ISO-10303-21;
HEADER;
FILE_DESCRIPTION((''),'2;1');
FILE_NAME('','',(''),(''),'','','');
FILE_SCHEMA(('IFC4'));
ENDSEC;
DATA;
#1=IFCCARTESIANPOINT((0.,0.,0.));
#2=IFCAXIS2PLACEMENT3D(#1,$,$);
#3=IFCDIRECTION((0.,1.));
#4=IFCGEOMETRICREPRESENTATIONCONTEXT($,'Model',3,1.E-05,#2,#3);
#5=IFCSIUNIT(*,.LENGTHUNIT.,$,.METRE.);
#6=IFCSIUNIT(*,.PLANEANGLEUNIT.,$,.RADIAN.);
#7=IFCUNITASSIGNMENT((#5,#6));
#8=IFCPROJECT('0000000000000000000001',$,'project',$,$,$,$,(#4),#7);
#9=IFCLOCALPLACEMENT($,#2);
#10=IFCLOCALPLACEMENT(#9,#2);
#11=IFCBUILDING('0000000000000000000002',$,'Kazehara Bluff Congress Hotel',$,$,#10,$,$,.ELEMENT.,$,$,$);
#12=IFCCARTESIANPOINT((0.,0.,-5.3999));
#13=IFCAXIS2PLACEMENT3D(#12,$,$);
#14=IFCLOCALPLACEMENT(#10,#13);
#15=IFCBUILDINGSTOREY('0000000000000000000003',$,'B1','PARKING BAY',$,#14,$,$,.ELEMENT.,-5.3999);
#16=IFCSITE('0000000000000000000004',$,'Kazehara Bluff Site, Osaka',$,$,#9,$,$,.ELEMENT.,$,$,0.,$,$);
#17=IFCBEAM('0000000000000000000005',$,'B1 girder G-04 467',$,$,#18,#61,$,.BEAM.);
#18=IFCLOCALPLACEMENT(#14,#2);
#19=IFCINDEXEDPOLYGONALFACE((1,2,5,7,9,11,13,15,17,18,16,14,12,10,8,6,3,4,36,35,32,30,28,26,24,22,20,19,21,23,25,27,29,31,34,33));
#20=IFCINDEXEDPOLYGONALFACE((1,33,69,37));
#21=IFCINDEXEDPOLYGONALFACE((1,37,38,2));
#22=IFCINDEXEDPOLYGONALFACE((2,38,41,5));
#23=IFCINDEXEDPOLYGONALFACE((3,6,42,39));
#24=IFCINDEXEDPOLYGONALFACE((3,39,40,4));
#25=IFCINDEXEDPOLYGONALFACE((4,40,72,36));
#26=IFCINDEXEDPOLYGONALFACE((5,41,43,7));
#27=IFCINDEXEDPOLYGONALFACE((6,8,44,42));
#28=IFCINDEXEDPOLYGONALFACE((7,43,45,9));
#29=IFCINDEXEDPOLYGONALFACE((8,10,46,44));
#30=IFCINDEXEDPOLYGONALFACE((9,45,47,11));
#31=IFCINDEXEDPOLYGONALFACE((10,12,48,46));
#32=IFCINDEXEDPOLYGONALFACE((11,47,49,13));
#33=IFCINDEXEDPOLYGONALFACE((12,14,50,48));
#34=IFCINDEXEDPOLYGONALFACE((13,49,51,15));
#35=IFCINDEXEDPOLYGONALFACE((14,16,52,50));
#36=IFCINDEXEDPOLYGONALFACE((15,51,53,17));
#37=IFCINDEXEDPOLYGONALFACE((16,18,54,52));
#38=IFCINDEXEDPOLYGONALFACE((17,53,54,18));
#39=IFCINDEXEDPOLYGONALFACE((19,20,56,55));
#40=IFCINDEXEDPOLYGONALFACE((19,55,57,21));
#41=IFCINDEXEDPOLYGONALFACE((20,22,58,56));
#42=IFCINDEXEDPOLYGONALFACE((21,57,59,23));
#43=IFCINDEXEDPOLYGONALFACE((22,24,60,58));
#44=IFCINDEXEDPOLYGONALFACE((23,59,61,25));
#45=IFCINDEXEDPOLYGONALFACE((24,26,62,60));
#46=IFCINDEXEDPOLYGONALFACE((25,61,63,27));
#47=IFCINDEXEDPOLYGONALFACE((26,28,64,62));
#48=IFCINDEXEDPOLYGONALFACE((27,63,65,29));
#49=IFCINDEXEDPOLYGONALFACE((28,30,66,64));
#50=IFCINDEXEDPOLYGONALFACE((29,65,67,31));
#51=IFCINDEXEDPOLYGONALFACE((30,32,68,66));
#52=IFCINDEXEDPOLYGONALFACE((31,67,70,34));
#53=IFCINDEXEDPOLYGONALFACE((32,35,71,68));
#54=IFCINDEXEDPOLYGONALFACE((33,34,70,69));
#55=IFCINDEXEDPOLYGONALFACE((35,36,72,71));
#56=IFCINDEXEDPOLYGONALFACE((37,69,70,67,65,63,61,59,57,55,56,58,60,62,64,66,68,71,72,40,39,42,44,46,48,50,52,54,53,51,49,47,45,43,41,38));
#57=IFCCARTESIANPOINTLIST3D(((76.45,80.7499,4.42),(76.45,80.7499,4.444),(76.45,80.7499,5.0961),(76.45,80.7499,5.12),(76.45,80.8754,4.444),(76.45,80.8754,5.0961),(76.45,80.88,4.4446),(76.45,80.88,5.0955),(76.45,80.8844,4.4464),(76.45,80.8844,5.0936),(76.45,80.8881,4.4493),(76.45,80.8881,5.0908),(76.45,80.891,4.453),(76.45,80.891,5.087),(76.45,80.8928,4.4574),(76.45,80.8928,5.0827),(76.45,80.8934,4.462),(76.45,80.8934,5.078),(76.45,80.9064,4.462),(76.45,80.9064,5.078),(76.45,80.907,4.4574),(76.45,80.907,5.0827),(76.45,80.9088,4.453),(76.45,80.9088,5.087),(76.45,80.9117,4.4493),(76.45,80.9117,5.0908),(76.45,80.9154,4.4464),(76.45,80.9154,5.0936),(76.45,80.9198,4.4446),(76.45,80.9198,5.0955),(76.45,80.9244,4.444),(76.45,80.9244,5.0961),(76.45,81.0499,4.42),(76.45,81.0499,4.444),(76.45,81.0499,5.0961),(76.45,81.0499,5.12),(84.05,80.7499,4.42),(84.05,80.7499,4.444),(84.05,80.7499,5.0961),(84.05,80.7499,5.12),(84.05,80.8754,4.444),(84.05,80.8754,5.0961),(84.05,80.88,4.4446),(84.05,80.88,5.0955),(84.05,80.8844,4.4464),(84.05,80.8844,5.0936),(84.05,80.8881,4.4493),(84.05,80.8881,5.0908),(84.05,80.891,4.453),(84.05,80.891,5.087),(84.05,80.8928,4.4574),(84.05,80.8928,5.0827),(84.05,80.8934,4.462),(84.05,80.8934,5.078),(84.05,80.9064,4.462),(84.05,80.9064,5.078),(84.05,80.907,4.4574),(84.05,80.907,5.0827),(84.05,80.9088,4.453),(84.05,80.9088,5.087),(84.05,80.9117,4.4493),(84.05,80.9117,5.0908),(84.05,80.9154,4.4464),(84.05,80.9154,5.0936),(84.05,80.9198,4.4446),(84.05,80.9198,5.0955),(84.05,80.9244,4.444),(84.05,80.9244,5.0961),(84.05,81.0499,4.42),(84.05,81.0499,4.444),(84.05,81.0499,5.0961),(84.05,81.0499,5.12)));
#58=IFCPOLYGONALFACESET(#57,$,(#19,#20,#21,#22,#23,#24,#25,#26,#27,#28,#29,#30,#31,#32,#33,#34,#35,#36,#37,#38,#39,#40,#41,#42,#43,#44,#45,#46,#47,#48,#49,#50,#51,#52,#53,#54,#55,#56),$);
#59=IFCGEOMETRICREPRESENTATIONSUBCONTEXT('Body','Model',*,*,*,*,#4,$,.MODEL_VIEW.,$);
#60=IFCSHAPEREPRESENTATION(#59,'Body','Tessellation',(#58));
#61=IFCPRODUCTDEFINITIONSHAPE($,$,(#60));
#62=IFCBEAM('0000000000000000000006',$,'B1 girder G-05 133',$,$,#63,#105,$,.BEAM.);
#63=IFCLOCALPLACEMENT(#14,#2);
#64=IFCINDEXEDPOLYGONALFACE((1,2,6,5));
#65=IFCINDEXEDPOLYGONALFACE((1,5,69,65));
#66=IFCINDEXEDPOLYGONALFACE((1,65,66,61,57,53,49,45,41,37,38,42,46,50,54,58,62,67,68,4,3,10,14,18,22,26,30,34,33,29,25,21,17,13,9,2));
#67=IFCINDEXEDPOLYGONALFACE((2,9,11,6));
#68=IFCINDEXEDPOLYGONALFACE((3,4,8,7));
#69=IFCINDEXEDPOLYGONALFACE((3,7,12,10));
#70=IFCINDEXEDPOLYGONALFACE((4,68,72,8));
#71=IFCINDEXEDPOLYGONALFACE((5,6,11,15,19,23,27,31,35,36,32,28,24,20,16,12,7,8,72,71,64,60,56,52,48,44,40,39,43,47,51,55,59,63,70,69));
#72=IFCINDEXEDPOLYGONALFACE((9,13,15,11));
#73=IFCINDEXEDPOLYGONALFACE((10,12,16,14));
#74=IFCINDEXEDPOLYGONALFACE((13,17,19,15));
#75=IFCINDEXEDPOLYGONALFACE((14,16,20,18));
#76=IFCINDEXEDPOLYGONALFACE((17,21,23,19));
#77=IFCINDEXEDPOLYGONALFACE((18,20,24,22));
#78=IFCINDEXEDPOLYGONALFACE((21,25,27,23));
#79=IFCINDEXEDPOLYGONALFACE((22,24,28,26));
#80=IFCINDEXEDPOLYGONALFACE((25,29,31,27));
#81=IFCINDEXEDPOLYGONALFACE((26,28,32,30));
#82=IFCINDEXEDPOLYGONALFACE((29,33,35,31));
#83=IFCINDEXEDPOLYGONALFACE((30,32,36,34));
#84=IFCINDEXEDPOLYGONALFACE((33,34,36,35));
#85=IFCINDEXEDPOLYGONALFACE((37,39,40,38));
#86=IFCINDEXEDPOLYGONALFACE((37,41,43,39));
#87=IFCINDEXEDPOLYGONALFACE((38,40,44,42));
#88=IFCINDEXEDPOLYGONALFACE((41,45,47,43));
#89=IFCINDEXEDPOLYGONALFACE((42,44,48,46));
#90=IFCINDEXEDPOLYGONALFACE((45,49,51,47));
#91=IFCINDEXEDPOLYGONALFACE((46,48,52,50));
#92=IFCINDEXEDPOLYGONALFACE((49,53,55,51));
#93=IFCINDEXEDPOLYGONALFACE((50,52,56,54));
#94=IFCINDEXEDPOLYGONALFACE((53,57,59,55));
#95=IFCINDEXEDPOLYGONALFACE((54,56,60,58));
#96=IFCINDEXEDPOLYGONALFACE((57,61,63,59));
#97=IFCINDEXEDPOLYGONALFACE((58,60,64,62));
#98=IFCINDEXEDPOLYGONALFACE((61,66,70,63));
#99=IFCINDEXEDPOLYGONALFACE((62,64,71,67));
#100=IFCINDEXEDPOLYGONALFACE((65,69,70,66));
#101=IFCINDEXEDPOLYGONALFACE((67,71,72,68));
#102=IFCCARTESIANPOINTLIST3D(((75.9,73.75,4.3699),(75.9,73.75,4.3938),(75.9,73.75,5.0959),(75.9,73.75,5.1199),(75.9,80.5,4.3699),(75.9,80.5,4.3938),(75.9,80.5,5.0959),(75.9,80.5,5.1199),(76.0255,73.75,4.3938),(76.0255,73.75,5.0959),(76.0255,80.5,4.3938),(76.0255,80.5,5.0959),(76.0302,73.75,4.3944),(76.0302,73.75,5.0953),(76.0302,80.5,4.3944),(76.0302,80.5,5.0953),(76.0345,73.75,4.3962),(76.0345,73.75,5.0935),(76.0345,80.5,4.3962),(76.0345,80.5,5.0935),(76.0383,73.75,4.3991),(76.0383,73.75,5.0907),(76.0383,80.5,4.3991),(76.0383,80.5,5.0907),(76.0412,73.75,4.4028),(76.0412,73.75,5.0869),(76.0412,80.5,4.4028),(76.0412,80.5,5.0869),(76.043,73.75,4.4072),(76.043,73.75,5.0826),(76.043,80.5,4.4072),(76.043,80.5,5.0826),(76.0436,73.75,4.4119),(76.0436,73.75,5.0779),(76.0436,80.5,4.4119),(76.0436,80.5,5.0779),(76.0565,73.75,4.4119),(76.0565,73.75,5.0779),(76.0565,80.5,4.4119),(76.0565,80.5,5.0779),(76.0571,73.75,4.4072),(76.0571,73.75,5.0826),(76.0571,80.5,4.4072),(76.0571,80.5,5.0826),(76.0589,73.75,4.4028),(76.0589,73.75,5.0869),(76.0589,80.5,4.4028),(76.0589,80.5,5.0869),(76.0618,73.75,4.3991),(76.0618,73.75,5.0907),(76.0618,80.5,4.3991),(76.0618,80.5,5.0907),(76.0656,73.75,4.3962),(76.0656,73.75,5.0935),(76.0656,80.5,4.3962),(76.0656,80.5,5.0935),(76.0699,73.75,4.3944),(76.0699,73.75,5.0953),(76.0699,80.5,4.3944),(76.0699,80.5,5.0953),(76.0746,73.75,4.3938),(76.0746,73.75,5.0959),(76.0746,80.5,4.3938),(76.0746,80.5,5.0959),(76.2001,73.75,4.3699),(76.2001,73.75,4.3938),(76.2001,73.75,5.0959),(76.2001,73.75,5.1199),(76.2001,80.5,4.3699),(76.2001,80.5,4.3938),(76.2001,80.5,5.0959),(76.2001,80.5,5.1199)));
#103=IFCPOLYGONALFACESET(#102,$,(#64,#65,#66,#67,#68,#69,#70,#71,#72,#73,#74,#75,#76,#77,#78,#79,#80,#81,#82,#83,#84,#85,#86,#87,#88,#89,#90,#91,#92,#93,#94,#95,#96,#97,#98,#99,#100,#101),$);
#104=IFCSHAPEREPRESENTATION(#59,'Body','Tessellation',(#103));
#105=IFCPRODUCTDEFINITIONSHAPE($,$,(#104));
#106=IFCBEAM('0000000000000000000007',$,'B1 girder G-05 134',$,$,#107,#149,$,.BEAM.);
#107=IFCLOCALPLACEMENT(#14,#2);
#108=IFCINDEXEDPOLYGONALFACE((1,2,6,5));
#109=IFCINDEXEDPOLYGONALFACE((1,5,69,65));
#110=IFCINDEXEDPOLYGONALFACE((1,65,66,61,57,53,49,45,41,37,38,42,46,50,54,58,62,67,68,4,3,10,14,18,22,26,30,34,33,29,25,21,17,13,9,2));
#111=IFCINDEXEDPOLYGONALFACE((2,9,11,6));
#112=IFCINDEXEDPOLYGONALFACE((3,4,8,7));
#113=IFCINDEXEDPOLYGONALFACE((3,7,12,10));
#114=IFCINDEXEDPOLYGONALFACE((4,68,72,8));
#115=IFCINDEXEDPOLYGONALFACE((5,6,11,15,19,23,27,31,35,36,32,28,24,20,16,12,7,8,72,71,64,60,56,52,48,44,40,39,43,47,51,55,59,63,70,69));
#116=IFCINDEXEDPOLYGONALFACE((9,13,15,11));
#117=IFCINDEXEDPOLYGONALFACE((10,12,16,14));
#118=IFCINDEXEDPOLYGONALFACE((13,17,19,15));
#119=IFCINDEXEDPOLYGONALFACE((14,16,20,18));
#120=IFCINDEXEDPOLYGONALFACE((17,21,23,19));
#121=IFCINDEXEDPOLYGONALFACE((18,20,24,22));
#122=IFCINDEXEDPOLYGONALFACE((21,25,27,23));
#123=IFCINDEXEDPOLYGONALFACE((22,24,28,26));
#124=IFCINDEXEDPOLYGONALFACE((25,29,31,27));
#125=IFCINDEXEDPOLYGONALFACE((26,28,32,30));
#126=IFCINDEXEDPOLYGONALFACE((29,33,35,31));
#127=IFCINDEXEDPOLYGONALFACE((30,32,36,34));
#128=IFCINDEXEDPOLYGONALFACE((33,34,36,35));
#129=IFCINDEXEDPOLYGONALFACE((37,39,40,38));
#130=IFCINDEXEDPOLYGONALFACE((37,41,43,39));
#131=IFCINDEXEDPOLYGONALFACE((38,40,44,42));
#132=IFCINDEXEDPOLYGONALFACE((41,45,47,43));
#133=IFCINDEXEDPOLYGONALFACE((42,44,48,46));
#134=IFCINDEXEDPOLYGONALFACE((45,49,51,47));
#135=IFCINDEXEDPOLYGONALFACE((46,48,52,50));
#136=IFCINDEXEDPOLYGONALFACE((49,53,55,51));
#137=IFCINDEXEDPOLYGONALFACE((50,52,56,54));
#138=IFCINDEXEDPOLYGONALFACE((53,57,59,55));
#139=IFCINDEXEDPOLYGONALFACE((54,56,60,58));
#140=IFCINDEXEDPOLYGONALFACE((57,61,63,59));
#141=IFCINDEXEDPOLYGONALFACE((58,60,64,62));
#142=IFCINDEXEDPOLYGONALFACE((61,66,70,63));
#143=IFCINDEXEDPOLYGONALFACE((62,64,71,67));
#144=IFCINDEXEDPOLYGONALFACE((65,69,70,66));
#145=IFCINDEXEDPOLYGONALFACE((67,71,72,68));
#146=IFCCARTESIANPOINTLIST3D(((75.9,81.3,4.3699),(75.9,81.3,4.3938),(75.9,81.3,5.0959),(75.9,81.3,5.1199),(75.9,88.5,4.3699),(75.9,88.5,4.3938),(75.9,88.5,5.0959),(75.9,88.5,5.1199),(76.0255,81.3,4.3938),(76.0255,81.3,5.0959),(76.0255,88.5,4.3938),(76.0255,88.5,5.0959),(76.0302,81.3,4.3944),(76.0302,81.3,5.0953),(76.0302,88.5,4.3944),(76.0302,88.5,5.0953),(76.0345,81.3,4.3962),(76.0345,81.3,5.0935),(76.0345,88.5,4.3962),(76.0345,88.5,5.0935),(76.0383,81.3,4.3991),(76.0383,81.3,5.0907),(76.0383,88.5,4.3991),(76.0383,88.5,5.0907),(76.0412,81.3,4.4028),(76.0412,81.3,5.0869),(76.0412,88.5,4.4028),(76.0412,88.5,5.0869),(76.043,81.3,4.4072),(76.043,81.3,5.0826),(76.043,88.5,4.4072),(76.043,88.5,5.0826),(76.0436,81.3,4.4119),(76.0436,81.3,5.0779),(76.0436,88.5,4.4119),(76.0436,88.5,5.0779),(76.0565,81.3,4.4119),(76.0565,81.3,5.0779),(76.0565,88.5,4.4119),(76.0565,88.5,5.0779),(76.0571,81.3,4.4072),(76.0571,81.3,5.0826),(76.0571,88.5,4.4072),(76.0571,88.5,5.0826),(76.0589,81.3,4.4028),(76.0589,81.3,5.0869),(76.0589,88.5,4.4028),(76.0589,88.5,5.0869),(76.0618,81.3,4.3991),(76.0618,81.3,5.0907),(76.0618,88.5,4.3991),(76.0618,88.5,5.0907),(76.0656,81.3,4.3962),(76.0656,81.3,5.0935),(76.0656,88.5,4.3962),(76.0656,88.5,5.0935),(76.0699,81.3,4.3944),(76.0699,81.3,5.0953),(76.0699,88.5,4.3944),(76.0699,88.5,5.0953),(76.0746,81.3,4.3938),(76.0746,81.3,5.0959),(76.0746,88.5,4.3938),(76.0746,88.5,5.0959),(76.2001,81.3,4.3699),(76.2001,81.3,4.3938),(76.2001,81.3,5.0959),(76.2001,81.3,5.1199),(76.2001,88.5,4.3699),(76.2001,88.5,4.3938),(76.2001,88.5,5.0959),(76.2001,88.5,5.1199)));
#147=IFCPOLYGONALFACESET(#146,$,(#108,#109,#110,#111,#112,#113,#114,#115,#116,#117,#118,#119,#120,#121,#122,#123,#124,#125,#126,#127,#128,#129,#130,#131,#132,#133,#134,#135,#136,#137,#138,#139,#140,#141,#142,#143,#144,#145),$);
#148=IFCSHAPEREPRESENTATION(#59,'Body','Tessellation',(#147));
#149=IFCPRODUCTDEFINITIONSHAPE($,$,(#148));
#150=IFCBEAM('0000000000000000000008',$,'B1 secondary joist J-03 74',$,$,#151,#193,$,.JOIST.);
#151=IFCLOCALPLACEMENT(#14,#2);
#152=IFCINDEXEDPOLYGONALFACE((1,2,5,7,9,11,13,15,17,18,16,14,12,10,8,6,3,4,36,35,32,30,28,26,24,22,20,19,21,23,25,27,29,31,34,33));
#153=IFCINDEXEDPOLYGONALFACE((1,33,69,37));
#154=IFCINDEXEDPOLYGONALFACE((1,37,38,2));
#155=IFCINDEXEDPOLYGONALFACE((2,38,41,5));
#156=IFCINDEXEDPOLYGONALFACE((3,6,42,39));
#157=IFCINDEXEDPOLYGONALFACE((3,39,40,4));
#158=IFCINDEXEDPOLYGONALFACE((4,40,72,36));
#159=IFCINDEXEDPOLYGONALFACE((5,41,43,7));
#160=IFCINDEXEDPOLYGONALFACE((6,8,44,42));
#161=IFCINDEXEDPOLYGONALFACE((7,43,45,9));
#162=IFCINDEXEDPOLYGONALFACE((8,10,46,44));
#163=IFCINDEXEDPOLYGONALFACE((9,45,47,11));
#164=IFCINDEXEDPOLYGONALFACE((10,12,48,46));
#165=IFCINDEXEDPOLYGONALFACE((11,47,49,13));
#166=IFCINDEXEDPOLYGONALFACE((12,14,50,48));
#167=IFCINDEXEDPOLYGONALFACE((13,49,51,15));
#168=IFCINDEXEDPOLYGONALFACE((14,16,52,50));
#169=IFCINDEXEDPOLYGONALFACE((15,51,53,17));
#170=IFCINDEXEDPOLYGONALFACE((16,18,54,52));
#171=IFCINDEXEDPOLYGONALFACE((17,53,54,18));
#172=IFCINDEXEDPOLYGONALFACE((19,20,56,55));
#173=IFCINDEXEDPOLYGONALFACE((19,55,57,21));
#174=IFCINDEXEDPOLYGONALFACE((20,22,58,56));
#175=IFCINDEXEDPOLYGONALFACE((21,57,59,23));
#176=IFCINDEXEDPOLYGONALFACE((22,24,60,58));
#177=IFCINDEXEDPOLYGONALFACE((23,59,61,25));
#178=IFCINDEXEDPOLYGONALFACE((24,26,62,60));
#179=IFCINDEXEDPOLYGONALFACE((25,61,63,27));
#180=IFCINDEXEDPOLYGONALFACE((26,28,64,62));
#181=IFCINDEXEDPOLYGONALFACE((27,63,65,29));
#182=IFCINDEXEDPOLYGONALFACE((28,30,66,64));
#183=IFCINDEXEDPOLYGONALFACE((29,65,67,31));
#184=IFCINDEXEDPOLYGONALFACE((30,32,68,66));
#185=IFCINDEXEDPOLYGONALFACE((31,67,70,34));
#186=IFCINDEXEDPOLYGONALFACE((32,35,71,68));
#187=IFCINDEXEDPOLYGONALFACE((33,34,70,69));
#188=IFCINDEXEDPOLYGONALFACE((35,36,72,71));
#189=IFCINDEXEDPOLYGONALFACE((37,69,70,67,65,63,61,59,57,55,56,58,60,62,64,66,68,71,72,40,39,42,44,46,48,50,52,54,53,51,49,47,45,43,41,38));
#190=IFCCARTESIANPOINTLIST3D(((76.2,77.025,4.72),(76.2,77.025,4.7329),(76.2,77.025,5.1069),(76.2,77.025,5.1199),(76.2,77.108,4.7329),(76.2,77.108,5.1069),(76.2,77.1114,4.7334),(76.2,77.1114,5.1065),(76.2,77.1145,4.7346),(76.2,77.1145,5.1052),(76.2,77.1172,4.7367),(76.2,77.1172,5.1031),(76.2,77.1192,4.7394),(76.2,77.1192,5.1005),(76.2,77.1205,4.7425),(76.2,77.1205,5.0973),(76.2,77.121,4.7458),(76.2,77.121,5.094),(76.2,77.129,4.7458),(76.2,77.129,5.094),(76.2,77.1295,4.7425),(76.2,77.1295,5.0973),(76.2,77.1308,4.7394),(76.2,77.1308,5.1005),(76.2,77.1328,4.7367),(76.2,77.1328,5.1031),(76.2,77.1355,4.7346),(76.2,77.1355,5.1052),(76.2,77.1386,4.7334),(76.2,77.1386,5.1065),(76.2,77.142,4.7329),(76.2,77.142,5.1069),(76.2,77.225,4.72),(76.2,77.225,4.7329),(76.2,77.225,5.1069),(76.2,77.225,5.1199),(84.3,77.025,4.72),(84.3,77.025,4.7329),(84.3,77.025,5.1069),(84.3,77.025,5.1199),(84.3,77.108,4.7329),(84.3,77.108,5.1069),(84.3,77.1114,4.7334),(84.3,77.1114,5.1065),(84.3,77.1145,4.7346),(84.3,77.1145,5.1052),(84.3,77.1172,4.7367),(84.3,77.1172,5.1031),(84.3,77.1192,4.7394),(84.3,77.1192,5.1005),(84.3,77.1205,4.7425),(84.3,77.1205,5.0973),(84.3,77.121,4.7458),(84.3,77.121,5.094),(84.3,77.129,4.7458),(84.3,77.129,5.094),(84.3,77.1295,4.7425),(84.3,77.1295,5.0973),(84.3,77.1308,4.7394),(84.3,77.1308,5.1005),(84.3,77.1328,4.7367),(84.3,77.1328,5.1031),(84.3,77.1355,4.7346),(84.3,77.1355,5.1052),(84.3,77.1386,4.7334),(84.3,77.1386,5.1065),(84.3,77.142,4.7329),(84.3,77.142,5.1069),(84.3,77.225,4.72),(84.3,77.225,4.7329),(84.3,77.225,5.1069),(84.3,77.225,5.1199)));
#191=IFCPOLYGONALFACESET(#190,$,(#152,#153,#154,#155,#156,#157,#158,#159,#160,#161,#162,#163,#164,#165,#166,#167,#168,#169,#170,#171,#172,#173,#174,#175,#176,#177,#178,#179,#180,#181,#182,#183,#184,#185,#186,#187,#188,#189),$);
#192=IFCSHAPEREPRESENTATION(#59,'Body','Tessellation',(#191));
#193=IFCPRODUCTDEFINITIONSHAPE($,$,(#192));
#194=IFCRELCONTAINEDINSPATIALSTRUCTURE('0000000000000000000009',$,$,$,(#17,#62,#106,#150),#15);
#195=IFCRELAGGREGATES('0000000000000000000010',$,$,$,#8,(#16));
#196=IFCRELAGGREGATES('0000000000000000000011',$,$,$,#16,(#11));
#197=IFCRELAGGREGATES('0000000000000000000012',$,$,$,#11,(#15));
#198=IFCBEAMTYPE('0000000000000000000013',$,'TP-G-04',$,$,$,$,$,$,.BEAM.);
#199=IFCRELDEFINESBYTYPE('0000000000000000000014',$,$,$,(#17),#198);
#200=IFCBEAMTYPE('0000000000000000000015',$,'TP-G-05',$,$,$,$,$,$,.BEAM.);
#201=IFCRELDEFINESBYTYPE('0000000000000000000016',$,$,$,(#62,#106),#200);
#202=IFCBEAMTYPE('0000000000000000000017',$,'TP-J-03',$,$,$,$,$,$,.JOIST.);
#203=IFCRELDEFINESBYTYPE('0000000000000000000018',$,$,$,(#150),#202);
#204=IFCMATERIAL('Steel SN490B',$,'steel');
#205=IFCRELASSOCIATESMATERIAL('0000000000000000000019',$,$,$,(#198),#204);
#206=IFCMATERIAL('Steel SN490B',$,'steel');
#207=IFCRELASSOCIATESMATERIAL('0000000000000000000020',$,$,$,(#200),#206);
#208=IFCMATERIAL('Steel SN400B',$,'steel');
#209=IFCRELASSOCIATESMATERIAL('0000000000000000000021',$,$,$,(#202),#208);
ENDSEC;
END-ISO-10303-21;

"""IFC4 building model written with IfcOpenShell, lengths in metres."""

from ifc_helpers import new_model, si_unit, direction, frame, origin, origin_2d, place, context, subcontext, project, spatial, i_section, extrude, material, material_profile, profile_set, type_object, element, save


model = new_model("IFC4")

# Units and contexts
model_context = context("Model", 3, precision=1e-05, world=origin(), true_north=direction((0.0, 1.0)))
body_context = subcontext(model_context, "Body", "Model", "MODEL_VIEW")
ifc_project = project(units=[si_unit("LENGTHUNIT", "METRE"), si_unit("PLANEANGLEUNIT", "RADIAN")], contexts=[model_context])

# Site, building, storey
site_placement = place(None, origin())
site = spatial("IfcSite", under=ifc_project, at=site_placement, Name="Kazehara Bluff Site, Osaka", CompositionType="ELEMENT", RefElevation=0.0)
building_placement = place(site_placement, origin())
building = spatial("IfcBuilding", under=site, at=building_placement, Name="Kazehara Bluff Congress Hotel", CompositionType="ELEMENT")
storey_placement = place(building_placement, frame((0.0, 0.0, -5.3999)))
storey = spatial("IfcBuildingStorey", under=building, at=storey_placement, Name="B1", Description="PARKING BAY", CompositionType="ELEMENT", Elevation=-5.3999)

# Beams
ifc_material_1 = material(Name="Steel SN490B", Category="steel")
ifc_material_profile_1 = material_profile(ifc_material_1, i_section(OverallWidth=0.3, OverallDepth=0.7, WebThickness=0.0129, FlangeThickness=0.0239, FilletRadius=0.0181, at=origin_2d()))
ifc_profile_set_1 = profile_set([ifc_material_profile_1], Name="Steel SN490B")
beam_type_1 = type_object("IfcBeamType", Name="TP-G-04", PredefinedType="BEAM", material=ifc_profile_set_1)
for number, where, z_axis, x_axis, name in (
    (1, (76.45, 80.8999, 4.77), (1.0, 0.0, 0.0), (0.0, 1.0, 0.0), "B1 girder G-04 467"),
):
    element("IfcBeam", number, at=place(storey_placement, frame(where, z_axis=z_axis, x_axis=x_axis)), inside=storey, type_object=beam_type_1, Name=name, PredefinedType="BEAM", context=body_context, shape_type="SweptSolid", body=[
        extrude(i_section(OverallWidth=0.3, OverallDepth=0.7, WebThickness=0.0129, FlangeThickness=0.0239, FilletRadius=0.0181, at=origin_2d()), origin(), (0.0, 0.0, 1.0), 7.6001),
    ])
ifc_material_2 = material(Name="Steel SN490B", Category="steel")
ifc_material_profile_2 = material_profile(ifc_material_2, i_section(OverallWidth=0.3, OverallDepth=0.75, WebThickness=0.0129, FlangeThickness=0.0239, FilletRadius=0.0181, at=origin_2d()))
ifc_profile_set_2 = profile_set([ifc_material_profile_2], Name="Steel SN490B")
beam_type_2 = type_object("IfcBeamType", Name="TP-G-05", PredefinedType="BEAM", material=ifc_profile_set_2)
beam_1_placement = place(storey_placement, frame((76.05, 73.75, 4.7449), z_axis=(0.0, 1.0, 0.0), x_axis=(-1.0, 0.0, 0.0)))
element("IfcBeam", 2, at=beam_1_placement, inside=storey, type_object=beam_type_2, Name="B1 girder G-05 133", PredefinedType="BEAM", context=body_context, shape_type="SweptSolid", body=[
    extrude(i_section(OverallWidth=0.3, OverallDepth=0.75, WebThickness=0.0129, FlangeThickness=0.0239, FilletRadius=0.0181, at=origin_2d()), origin(), (0.0, 0.0, 1.0), 6.75),
])
beam_2_placement = place(storey_placement, frame((76.05, 81.3, 4.7449), z_axis=(0.0, 1.0, 0.0), x_axis=(-1.0, 0.0, 0.0)))
element("IfcBeam", 3, at=beam_2_placement, inside=storey, type_object=beam_type_2, Name="B1 girder G-05 134", PredefinedType="BEAM", context=body_context, shape_type="SweptSolid", body=[
    extrude(i_section(OverallWidth=0.3, OverallDepth=0.75, WebThickness=0.0129, FlangeThickness=0.0239, FilletRadius=0.0181, at=origin_2d()), origin(), (0.0, 0.0, 1.0), 7.2),
])
ifc_material_3 = material(Name="Steel SN400B", Category="steel")
ifc_material_profile_3 = material_profile(ifc_material_3, i_section(OverallWidth=0.2, OverallDepth=0.3999, WebThickness=0.0081, FlangeThickness=0.0129, FilletRadius=0.0129, at=origin_2d()))
ifc_profile_set_3 = profile_set([ifc_material_profile_3], Name="Steel SN400B")
beam_type_3 = type_object("IfcBeamType", Name="TP-J-03", PredefinedType="JOIST", material=ifc_profile_set_3)
for number, where, z_axis, x_axis, name in (
    (4, (76.2, 77.125, 4.9199), (1.0, 0.0, 0.0), (0.0, 1.0, 0.0), "B1 secondary joist J-03 74"),
):
    element("IfcBeam", number, at=place(storey_placement, frame(where, z_axis=z_axis, x_axis=x_axis)), inside=storey, type_object=beam_type_3, Name=name, PredefinedType="JOIST", context=body_context, shape_type="SweptSolid", body=[
        extrude(i_section(OverallWidth=0.2, OverallDepth=0.3999, WebThickness=0.0081, FlangeThickness=0.0129, FilletRadius=0.0129, at=origin_2d()), origin(), (0.0, 0.0, 1.0), 8.1001),
    ])

save(model, "model.ifc")
